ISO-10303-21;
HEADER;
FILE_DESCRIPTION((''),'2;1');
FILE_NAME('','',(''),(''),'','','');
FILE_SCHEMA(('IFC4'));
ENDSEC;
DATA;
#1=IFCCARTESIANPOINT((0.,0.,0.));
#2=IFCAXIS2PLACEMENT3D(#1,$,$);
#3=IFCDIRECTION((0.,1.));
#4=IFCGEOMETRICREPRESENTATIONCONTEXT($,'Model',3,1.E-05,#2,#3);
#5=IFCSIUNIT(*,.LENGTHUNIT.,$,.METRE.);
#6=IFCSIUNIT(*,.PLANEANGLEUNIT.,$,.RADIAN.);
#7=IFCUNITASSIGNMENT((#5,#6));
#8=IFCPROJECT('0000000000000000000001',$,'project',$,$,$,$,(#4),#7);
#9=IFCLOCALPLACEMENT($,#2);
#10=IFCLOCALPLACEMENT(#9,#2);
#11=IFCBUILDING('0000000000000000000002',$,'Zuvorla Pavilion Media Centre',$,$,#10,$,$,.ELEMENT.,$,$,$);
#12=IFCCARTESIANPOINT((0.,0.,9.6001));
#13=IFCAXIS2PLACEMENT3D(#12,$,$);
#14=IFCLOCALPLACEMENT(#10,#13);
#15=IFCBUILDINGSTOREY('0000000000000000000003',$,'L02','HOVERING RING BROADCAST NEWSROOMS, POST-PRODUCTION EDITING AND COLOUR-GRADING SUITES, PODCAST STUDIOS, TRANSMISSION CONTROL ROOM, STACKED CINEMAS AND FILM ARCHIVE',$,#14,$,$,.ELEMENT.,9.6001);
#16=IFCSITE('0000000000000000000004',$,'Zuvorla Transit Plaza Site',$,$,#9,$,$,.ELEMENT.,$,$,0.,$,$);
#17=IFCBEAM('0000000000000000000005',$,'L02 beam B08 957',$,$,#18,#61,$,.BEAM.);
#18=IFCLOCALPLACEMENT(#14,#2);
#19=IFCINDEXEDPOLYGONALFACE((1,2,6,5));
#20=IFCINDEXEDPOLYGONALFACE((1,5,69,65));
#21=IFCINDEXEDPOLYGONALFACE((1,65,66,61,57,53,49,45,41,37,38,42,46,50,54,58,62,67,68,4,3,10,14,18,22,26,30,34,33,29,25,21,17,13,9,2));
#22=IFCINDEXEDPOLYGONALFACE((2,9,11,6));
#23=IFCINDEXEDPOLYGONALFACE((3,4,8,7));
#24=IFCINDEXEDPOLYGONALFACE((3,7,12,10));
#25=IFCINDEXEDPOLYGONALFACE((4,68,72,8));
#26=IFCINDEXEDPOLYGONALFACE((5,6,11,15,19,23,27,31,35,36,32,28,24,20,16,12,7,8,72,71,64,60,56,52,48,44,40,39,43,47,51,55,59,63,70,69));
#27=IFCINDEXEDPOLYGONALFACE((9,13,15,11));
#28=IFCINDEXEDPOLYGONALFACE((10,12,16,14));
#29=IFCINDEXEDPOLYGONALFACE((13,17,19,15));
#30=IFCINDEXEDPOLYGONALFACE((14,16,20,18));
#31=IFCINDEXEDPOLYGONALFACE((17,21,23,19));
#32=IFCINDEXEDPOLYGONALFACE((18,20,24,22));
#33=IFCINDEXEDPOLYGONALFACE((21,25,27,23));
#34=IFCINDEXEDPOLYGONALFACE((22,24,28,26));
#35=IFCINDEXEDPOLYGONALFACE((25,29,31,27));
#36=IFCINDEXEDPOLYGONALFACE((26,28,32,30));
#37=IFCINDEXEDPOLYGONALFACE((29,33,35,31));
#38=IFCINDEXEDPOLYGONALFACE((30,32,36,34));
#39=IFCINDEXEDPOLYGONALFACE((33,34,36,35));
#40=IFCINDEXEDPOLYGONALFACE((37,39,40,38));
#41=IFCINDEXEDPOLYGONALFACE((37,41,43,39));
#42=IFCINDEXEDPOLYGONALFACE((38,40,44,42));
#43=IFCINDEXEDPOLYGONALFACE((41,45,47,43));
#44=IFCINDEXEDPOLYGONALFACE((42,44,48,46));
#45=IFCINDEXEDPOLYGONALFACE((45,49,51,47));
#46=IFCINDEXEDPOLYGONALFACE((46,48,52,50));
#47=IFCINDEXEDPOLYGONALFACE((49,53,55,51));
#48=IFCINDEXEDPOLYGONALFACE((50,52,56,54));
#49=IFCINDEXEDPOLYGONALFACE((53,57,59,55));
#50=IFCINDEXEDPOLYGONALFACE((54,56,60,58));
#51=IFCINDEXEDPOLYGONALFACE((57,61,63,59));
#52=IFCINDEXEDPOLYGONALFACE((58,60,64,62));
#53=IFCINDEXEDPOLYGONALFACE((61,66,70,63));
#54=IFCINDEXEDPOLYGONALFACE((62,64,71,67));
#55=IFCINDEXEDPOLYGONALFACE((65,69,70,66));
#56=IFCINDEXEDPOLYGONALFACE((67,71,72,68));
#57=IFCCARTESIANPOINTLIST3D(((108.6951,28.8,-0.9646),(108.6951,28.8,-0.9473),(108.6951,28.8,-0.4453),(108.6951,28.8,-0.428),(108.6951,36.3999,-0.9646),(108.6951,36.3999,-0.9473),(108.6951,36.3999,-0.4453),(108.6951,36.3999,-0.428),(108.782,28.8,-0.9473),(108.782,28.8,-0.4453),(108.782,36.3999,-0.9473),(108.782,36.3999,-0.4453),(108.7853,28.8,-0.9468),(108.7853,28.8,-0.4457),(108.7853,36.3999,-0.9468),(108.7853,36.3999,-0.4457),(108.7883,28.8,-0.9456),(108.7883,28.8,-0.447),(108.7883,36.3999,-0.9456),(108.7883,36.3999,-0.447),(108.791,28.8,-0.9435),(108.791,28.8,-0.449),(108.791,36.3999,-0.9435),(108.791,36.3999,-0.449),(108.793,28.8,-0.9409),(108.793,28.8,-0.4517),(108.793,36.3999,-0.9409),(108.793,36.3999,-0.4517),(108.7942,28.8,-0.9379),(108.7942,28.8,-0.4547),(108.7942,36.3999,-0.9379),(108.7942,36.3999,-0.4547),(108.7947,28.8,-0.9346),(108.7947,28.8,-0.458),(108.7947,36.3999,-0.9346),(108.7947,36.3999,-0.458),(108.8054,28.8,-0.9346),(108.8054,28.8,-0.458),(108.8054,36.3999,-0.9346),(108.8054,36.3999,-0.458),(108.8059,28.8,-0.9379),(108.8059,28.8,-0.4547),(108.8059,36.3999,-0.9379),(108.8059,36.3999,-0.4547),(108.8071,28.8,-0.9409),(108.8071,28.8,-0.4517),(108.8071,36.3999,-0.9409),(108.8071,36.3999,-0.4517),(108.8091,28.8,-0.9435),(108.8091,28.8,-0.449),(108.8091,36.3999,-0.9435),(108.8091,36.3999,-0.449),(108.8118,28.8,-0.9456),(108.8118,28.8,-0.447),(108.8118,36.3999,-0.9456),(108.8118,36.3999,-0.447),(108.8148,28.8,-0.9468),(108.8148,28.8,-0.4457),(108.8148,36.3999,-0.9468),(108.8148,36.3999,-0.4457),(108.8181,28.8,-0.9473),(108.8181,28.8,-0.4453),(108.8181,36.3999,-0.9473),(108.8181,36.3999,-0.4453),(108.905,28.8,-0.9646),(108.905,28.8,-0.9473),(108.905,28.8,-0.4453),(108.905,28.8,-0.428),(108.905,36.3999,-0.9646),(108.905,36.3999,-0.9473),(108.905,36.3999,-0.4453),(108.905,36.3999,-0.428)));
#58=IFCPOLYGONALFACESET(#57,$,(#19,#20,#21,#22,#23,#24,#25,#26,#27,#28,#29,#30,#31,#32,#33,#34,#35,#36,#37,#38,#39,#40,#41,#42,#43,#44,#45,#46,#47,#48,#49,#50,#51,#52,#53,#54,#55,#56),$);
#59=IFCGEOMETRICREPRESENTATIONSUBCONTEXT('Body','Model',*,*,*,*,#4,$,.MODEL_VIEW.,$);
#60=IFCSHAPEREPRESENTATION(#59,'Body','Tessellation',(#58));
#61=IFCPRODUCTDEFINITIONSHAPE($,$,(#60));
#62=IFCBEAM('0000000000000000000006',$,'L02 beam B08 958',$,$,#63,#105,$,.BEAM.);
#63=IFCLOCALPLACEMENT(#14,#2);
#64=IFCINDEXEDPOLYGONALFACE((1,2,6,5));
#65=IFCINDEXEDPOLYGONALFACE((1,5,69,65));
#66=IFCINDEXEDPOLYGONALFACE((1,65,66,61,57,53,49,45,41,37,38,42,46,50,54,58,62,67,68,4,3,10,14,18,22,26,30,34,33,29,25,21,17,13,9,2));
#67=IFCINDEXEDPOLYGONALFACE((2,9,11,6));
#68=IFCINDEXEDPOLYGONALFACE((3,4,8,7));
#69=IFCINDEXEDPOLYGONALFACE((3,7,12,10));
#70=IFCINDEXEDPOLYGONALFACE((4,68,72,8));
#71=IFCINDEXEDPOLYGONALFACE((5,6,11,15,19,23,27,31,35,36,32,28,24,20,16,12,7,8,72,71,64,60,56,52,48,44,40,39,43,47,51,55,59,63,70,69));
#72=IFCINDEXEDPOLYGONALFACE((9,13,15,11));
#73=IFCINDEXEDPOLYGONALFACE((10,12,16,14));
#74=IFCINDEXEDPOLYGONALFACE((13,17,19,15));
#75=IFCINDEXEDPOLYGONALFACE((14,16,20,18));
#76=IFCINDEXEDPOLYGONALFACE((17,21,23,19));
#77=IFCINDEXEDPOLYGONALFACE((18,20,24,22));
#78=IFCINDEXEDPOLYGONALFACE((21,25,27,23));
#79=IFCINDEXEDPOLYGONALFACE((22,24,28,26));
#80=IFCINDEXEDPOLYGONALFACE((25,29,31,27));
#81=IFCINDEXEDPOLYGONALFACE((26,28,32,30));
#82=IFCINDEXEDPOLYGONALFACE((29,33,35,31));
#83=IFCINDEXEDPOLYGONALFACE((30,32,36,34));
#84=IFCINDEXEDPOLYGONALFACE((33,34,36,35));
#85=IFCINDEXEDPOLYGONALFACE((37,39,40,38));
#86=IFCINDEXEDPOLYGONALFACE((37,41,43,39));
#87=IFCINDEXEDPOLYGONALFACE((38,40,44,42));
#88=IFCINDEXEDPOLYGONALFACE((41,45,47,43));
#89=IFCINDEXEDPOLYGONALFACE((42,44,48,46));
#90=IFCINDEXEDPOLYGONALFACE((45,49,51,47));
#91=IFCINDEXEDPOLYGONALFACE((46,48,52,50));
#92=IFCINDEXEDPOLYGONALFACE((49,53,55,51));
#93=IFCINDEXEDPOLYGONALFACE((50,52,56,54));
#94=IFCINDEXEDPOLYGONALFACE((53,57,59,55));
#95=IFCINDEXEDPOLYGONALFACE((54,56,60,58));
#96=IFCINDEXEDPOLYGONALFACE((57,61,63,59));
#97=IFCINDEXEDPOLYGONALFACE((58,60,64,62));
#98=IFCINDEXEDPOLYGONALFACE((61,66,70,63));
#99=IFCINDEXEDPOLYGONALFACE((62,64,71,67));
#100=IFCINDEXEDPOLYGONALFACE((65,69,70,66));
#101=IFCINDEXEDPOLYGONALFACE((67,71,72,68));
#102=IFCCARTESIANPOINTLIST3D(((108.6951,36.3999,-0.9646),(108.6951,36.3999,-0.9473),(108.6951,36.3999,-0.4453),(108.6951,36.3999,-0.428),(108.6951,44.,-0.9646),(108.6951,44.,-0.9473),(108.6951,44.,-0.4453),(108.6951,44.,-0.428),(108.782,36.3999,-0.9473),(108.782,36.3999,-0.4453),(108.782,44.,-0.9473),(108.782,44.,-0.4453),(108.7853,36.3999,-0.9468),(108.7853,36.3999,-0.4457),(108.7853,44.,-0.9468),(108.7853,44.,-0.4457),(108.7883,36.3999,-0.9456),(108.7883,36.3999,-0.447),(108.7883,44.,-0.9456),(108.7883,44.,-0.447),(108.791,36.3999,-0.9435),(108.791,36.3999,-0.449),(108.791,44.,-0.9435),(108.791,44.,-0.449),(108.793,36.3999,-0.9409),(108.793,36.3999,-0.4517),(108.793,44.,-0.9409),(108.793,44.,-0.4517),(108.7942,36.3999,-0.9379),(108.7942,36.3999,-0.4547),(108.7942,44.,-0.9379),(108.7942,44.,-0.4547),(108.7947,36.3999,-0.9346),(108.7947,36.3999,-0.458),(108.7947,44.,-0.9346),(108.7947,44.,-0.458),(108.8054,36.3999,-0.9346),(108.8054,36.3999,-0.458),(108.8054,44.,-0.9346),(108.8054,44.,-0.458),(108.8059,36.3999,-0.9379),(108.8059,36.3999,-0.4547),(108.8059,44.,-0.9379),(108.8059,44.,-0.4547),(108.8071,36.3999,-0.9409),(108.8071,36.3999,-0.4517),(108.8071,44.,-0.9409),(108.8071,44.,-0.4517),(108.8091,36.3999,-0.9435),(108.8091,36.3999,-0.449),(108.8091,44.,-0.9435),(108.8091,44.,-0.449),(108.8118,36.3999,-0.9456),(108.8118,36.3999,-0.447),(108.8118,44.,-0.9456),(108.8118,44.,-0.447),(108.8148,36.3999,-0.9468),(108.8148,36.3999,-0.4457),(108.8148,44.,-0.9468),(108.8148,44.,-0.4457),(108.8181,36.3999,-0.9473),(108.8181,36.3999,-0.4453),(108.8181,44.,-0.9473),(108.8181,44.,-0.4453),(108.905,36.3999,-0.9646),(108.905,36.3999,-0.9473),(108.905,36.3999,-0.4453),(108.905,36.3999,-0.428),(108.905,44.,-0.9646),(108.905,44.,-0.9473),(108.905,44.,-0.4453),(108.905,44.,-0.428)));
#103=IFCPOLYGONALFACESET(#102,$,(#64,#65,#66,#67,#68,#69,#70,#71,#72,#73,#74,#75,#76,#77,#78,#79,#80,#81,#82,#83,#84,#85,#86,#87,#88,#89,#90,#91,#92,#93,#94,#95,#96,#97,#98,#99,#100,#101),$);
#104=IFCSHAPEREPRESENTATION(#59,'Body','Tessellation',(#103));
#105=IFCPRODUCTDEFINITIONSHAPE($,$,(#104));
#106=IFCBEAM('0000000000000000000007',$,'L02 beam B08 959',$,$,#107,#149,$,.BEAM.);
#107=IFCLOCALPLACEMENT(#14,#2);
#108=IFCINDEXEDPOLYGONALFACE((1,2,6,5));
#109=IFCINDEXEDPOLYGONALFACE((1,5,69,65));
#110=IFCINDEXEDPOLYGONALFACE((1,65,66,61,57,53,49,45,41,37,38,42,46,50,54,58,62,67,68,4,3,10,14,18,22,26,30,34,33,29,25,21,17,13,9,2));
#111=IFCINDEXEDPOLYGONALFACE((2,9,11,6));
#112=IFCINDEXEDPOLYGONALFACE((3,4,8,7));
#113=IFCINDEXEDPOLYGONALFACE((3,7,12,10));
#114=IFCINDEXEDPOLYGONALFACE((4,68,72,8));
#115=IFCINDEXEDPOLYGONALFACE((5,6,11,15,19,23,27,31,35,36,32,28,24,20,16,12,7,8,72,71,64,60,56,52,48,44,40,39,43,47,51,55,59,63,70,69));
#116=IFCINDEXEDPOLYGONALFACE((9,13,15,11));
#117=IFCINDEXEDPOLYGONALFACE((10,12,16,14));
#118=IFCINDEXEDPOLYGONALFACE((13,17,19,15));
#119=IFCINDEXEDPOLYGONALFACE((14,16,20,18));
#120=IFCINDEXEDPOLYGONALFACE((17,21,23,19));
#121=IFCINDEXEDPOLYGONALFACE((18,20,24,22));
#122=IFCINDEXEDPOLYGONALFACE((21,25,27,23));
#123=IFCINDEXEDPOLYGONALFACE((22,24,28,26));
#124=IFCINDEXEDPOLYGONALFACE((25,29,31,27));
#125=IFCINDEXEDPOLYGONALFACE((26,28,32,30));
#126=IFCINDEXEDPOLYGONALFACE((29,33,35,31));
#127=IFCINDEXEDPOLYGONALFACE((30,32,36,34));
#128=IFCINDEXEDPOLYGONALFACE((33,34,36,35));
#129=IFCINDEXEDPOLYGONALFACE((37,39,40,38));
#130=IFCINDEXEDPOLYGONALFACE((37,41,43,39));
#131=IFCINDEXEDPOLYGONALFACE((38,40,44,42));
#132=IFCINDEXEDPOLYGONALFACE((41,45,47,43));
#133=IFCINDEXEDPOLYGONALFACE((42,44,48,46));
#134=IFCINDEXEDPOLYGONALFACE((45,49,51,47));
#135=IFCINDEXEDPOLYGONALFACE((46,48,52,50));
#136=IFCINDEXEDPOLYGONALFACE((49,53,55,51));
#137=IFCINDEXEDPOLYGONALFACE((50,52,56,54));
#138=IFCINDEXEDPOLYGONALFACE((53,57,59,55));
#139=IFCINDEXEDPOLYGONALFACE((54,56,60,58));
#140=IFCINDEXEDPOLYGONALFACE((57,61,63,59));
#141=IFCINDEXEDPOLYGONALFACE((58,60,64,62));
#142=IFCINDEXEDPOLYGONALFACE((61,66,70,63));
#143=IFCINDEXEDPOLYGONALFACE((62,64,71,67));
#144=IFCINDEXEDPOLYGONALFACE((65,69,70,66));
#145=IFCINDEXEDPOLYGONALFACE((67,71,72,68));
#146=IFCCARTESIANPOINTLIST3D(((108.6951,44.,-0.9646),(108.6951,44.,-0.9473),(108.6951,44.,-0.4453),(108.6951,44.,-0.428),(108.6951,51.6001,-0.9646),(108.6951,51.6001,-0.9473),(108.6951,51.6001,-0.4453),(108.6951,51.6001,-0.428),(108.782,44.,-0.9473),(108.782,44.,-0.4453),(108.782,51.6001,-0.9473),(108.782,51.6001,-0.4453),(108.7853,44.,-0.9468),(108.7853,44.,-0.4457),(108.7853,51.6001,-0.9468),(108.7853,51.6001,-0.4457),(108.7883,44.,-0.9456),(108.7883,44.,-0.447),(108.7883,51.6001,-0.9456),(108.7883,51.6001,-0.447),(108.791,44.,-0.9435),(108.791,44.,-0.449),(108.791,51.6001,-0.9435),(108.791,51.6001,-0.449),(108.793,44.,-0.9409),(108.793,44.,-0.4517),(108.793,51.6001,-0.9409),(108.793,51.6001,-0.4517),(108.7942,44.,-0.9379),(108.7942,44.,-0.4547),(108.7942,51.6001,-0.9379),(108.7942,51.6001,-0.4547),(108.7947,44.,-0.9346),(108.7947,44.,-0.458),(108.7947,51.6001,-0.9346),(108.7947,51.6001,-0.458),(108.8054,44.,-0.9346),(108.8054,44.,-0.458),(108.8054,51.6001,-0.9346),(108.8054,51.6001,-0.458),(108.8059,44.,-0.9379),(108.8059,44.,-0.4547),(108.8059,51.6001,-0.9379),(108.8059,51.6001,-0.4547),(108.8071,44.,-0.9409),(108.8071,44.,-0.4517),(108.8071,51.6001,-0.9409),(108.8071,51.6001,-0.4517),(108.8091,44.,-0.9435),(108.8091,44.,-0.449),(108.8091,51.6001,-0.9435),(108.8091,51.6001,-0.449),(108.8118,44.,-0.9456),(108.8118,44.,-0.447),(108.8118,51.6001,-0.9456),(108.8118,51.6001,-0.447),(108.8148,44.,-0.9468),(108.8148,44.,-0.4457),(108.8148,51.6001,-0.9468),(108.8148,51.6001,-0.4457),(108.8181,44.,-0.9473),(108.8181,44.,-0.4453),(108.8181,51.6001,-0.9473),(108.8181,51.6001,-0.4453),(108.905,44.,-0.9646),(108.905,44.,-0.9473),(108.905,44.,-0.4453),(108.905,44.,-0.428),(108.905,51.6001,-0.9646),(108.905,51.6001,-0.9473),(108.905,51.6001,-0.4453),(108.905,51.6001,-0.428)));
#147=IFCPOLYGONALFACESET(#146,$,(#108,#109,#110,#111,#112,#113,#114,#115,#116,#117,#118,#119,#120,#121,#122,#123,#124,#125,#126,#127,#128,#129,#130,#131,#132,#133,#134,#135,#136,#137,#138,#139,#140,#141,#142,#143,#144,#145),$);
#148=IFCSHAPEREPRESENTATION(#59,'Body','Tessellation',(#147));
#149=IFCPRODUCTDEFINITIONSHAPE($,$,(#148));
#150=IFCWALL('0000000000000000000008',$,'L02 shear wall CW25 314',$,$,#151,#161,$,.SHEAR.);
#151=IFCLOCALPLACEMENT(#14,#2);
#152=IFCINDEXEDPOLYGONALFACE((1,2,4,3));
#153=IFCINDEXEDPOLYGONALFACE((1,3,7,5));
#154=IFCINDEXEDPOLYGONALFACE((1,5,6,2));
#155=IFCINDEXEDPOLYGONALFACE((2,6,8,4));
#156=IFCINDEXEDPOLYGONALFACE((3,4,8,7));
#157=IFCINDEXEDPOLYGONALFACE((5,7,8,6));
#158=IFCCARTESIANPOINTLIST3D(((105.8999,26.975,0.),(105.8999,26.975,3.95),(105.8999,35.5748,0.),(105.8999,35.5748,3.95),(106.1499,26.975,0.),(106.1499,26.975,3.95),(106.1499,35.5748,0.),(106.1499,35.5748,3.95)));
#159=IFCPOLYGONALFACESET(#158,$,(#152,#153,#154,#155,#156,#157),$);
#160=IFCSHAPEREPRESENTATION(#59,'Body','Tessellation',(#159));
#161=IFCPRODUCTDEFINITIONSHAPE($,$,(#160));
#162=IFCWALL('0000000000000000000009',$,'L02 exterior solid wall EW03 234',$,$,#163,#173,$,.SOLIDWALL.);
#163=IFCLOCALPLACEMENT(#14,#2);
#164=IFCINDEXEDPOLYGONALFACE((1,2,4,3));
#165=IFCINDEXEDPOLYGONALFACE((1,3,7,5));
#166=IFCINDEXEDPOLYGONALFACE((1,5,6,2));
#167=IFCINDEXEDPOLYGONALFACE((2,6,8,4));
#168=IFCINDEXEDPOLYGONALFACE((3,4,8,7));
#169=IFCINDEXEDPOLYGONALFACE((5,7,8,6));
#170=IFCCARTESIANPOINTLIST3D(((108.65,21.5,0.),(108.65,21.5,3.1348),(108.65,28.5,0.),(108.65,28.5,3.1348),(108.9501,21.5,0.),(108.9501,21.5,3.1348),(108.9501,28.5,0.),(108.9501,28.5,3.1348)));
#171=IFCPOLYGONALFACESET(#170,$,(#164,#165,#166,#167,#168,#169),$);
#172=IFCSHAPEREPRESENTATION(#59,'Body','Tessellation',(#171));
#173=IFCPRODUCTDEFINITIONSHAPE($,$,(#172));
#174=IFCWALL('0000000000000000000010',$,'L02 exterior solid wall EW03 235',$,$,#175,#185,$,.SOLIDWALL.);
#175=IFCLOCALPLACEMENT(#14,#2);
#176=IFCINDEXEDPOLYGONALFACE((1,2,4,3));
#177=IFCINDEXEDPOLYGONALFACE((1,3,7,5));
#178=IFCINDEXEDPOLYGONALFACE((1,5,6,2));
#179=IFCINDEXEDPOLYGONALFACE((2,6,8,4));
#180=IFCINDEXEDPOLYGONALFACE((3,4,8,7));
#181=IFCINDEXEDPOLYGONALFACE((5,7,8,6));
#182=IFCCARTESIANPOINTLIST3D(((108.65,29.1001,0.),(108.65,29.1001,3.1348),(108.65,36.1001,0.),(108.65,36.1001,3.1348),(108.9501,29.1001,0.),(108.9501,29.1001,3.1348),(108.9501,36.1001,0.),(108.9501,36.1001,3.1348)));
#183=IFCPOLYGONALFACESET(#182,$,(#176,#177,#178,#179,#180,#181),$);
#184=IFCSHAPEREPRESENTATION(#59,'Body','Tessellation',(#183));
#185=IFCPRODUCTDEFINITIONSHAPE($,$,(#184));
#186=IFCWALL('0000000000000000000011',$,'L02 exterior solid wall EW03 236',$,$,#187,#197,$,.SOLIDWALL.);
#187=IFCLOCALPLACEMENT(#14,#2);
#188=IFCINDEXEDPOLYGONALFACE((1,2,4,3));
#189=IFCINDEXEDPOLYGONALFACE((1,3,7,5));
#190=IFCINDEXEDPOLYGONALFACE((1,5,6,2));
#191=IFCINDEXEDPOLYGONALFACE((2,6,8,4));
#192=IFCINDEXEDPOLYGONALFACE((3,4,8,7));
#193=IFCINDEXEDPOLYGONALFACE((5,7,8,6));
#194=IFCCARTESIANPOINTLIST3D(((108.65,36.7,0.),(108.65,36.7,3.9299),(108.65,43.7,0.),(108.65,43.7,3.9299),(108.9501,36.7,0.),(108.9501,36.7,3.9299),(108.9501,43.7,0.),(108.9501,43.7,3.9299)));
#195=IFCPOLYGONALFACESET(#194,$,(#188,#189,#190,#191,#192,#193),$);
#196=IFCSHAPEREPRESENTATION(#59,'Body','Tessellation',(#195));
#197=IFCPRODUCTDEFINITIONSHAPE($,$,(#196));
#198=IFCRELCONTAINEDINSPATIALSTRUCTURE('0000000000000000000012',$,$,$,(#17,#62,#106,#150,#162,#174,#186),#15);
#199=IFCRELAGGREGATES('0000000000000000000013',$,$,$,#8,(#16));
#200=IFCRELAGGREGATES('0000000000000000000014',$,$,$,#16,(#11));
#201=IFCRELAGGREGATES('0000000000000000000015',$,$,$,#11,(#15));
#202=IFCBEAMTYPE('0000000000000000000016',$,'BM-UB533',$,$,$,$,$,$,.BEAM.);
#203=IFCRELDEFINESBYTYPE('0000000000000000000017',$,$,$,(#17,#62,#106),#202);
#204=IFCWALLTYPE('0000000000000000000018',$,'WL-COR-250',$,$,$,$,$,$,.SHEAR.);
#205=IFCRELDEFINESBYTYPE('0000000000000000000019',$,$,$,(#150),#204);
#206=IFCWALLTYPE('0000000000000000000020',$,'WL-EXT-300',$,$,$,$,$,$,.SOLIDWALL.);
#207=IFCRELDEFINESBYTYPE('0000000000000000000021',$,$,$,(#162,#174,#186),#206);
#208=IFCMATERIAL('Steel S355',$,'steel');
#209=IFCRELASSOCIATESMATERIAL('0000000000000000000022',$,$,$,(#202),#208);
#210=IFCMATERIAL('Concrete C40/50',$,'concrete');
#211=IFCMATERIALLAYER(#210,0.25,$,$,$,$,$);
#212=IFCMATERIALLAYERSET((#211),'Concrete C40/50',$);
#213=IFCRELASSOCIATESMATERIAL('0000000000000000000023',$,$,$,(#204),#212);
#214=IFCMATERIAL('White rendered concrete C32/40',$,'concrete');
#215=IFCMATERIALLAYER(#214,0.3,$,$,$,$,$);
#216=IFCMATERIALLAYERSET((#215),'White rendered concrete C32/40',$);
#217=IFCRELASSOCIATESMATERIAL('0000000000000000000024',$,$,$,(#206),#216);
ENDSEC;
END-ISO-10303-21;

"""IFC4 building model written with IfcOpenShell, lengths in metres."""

from ifc_helpers import new_model, si_unit, direction, frame, frame_2d, origin, origin_2d, place, context, subcontext, project, spatial, rectangle, i_section, extrude, material, layer, layer_set, material_profile, profile_set, type_object, element, save


model = new_model("IFC4")

# Units and contexts
model_context = context("Model", 3, precision=1e-05, world=origin(), true_north=direction((0.0, 1.0)))
body_context = subcontext(model_context, "Body", "Model", "MODEL_VIEW")
ifc_project = project(units=[si_unit("LENGTHUNIT", "METRE"), si_unit("PLANEANGLEUNIT", "RADIAN")], contexts=[model_context])

# Site, building, storey
site_placement = place(None, origin())
site = spatial("IfcSite", under=ifc_project, at=site_placement, Name="Zuvorla Transit Plaza Site", CompositionType="ELEMENT", RefElevation=0.0)
building_placement = place(site_placement, origin())
building = spatial("IfcBuilding", under=site, at=building_placement, Name="Zuvorla Pavilion Media Centre", CompositionType="ELEMENT")
storey_placement = place(building_placement, frame((0.0, 0.0, 9.6001)))
storey = spatial("IfcBuildingStorey", under=building, at=storey_placement, Name="L02", Description="HOVERING RING BROADCAST NEWSROOMS, POST-PRODUCTION EDITING AND COLOUR-GRADING SUITES, PODCAST STUDIOS, TRANSMISSION CONTROL ROOM, STACKED CINEMAS AND FILM ARCHIVE", CompositionType="ELEMENT", Elevation=9.6001)

# Shared definitions
ifc_material_1 = material(Name="Concrete C40/50", Category="concrete")
ifc_material_2 = material(Name="Steel S355", Category="steel")

# Beams
ifc_material_profile_1 = material_profile(ifc_material_2, i_section(OverallWidth=0.21, OverallDepth=0.5366, WebThickness=0.0107, FlangeThickness=0.0173, FilletRadius=0.0127, at=origin_2d()), Name="UB 533x210x101")
ifc_profile_set_1 = profile_set([ifc_material_profile_1], Name="Steel S355")
beam_type_1 = type_object("IfcBeamType", Name="BM-UB533", PredefinedType="BEAM", material=ifc_profile_set_1)
beam_1_placement = place(storey_placement, frame((108.8, 28.8, -0.6963), z_axis=(0.0, 1.0, 0.0), x_axis=(-1.0, 0.0, 0.0)))
element("IfcBeam", 1, at=beam_1_placement, inside=storey, type_object=beam_type_1, Name="L02 beam B08 957", PredefinedType="BEAM", context=body_context, shape_type="SweptSolid", body=[
    extrude(i_section(OverallWidth=0.21, OverallDepth=0.5366, WebThickness=0.0107, FlangeThickness=0.0173, FilletRadius=0.0127, at=origin_2d()), origin(), (0.0, 0.0, 1.0), 7.5999),
])
for number, where, z_axis, x_axis, name in (
    (2, (108.8, 36.3999, -0.6963), (0.0, 1.0, 0.0), (-1.0, 0.0, 0.0), "L02 beam B08 958"),
    (3, (108.8, 44.0, -0.6963), (0.0, 1.0, 0.0), (-1.0, 0.0, 0.0), "L02 beam B08 959"),
):
    element("IfcBeam", number, at=place(storey_placement, frame(where, z_axis=z_axis, x_axis=x_axis)), inside=storey, type_object=beam_type_1, Name=name, PredefinedType="BEAM", context=body_context, shape_type="SweptSolid", body=[
        extrude(i_section(OverallWidth=0.21, OverallDepth=0.5366, WebThickness=0.0107, FlangeThickness=0.0173, FilletRadius=0.0127, at=origin_2d()), origin(), (0.0, 0.0, 1.0), 7.6001),
    ])

# Walls
ifc_layer_1 = layer(ifc_material_1, 0.25)
ifc_layer_set_1 = layer_set([ifc_layer_1], Name="Concrete C40/50")
wall_type_1 = type_object("IfcWallType", Name="WL-COR-250", PredefinedType="SHEAR", material=ifc_layer_set_1)
wall_1_placement = place(storey_placement, frame((106.0249, 26.9751, 0.0), z_axis=(0.0, 0.0, 1.0), x_axis=(0.0, 1.0, 0.0)))
element("IfcWall", 4, at=wall_1_placement, inside=storey, type_object=wall_type_1, Name="L02 shear wall CW25 314", PredefinedType="SHEAR", context=body_context, shape_type="SweptSolid", body=[
    extrude(rectangle(XDim=8.5999, YDim=0.25, at=frame_2d((4.2998, 0.0))), origin(), (0.0, 0.0, 1.0), 3.95),
])
ifc_material_3 = material(Name="White rendered concrete C32/40", Category="concrete")
ifc_layer_2 = layer(ifc_material_3, 0.3)
ifc_layer_set_2 = layer_set([ifc_layer_2], Name="White rendered concrete C32/40")
wall_type_2 = type_object("IfcWallType", Name="WL-EXT-300", PredefinedType="SOLIDWALL", material=ifc_layer_set_2)
for number, where, z_axis, x_axis, name in (
    (5, (108.8, 21.5, 0.0), (0.0, 0.0, 1.0), (0.0, 1.0, 0.0), "L02 exterior solid wall EW03 234"),
    (6, (108.8, 29.1001, 0.0), (0.0, 0.0, 1.0), (0.0, 1.0, 0.0), "L02 exterior solid wall EW03 235"),
):
    element("IfcWall", number, at=place(storey_placement, frame(where, z_axis=z_axis, x_axis=x_axis)), inside=storey, type_object=wall_type_2, Name=name, PredefinedType="SOLIDWALL", context=body_context, shape_type="SweptSolid", body=[
        extrude(rectangle(XDim=7.0, YDim=0.3, at=frame_2d((3.5, 0.0))), origin(), (0.0, 0.0, 1.0), 3.1348),
    ])
wall_2_placement = place(storey_placement, frame((108.8, 36.7, 0.0), z_axis=(0.0, 0.0, 1.0), x_axis=(0.0, 1.0, 0.0)))
element("IfcWall", 7, at=wall_2_placement, inside=storey, type_object=wall_type_2, Name="L02 exterior solid wall EW03 236", PredefinedType="SOLIDWALL", context=body_context, shape_type="SweptSolid", body=[
    extrude(rectangle(XDim=7.0, YDim=0.3, at=frame_2d((3.5, 0.0))), origin(), (0.0, 0.0, 1.0), 3.9299),
])

save(model, "model.ifc")
